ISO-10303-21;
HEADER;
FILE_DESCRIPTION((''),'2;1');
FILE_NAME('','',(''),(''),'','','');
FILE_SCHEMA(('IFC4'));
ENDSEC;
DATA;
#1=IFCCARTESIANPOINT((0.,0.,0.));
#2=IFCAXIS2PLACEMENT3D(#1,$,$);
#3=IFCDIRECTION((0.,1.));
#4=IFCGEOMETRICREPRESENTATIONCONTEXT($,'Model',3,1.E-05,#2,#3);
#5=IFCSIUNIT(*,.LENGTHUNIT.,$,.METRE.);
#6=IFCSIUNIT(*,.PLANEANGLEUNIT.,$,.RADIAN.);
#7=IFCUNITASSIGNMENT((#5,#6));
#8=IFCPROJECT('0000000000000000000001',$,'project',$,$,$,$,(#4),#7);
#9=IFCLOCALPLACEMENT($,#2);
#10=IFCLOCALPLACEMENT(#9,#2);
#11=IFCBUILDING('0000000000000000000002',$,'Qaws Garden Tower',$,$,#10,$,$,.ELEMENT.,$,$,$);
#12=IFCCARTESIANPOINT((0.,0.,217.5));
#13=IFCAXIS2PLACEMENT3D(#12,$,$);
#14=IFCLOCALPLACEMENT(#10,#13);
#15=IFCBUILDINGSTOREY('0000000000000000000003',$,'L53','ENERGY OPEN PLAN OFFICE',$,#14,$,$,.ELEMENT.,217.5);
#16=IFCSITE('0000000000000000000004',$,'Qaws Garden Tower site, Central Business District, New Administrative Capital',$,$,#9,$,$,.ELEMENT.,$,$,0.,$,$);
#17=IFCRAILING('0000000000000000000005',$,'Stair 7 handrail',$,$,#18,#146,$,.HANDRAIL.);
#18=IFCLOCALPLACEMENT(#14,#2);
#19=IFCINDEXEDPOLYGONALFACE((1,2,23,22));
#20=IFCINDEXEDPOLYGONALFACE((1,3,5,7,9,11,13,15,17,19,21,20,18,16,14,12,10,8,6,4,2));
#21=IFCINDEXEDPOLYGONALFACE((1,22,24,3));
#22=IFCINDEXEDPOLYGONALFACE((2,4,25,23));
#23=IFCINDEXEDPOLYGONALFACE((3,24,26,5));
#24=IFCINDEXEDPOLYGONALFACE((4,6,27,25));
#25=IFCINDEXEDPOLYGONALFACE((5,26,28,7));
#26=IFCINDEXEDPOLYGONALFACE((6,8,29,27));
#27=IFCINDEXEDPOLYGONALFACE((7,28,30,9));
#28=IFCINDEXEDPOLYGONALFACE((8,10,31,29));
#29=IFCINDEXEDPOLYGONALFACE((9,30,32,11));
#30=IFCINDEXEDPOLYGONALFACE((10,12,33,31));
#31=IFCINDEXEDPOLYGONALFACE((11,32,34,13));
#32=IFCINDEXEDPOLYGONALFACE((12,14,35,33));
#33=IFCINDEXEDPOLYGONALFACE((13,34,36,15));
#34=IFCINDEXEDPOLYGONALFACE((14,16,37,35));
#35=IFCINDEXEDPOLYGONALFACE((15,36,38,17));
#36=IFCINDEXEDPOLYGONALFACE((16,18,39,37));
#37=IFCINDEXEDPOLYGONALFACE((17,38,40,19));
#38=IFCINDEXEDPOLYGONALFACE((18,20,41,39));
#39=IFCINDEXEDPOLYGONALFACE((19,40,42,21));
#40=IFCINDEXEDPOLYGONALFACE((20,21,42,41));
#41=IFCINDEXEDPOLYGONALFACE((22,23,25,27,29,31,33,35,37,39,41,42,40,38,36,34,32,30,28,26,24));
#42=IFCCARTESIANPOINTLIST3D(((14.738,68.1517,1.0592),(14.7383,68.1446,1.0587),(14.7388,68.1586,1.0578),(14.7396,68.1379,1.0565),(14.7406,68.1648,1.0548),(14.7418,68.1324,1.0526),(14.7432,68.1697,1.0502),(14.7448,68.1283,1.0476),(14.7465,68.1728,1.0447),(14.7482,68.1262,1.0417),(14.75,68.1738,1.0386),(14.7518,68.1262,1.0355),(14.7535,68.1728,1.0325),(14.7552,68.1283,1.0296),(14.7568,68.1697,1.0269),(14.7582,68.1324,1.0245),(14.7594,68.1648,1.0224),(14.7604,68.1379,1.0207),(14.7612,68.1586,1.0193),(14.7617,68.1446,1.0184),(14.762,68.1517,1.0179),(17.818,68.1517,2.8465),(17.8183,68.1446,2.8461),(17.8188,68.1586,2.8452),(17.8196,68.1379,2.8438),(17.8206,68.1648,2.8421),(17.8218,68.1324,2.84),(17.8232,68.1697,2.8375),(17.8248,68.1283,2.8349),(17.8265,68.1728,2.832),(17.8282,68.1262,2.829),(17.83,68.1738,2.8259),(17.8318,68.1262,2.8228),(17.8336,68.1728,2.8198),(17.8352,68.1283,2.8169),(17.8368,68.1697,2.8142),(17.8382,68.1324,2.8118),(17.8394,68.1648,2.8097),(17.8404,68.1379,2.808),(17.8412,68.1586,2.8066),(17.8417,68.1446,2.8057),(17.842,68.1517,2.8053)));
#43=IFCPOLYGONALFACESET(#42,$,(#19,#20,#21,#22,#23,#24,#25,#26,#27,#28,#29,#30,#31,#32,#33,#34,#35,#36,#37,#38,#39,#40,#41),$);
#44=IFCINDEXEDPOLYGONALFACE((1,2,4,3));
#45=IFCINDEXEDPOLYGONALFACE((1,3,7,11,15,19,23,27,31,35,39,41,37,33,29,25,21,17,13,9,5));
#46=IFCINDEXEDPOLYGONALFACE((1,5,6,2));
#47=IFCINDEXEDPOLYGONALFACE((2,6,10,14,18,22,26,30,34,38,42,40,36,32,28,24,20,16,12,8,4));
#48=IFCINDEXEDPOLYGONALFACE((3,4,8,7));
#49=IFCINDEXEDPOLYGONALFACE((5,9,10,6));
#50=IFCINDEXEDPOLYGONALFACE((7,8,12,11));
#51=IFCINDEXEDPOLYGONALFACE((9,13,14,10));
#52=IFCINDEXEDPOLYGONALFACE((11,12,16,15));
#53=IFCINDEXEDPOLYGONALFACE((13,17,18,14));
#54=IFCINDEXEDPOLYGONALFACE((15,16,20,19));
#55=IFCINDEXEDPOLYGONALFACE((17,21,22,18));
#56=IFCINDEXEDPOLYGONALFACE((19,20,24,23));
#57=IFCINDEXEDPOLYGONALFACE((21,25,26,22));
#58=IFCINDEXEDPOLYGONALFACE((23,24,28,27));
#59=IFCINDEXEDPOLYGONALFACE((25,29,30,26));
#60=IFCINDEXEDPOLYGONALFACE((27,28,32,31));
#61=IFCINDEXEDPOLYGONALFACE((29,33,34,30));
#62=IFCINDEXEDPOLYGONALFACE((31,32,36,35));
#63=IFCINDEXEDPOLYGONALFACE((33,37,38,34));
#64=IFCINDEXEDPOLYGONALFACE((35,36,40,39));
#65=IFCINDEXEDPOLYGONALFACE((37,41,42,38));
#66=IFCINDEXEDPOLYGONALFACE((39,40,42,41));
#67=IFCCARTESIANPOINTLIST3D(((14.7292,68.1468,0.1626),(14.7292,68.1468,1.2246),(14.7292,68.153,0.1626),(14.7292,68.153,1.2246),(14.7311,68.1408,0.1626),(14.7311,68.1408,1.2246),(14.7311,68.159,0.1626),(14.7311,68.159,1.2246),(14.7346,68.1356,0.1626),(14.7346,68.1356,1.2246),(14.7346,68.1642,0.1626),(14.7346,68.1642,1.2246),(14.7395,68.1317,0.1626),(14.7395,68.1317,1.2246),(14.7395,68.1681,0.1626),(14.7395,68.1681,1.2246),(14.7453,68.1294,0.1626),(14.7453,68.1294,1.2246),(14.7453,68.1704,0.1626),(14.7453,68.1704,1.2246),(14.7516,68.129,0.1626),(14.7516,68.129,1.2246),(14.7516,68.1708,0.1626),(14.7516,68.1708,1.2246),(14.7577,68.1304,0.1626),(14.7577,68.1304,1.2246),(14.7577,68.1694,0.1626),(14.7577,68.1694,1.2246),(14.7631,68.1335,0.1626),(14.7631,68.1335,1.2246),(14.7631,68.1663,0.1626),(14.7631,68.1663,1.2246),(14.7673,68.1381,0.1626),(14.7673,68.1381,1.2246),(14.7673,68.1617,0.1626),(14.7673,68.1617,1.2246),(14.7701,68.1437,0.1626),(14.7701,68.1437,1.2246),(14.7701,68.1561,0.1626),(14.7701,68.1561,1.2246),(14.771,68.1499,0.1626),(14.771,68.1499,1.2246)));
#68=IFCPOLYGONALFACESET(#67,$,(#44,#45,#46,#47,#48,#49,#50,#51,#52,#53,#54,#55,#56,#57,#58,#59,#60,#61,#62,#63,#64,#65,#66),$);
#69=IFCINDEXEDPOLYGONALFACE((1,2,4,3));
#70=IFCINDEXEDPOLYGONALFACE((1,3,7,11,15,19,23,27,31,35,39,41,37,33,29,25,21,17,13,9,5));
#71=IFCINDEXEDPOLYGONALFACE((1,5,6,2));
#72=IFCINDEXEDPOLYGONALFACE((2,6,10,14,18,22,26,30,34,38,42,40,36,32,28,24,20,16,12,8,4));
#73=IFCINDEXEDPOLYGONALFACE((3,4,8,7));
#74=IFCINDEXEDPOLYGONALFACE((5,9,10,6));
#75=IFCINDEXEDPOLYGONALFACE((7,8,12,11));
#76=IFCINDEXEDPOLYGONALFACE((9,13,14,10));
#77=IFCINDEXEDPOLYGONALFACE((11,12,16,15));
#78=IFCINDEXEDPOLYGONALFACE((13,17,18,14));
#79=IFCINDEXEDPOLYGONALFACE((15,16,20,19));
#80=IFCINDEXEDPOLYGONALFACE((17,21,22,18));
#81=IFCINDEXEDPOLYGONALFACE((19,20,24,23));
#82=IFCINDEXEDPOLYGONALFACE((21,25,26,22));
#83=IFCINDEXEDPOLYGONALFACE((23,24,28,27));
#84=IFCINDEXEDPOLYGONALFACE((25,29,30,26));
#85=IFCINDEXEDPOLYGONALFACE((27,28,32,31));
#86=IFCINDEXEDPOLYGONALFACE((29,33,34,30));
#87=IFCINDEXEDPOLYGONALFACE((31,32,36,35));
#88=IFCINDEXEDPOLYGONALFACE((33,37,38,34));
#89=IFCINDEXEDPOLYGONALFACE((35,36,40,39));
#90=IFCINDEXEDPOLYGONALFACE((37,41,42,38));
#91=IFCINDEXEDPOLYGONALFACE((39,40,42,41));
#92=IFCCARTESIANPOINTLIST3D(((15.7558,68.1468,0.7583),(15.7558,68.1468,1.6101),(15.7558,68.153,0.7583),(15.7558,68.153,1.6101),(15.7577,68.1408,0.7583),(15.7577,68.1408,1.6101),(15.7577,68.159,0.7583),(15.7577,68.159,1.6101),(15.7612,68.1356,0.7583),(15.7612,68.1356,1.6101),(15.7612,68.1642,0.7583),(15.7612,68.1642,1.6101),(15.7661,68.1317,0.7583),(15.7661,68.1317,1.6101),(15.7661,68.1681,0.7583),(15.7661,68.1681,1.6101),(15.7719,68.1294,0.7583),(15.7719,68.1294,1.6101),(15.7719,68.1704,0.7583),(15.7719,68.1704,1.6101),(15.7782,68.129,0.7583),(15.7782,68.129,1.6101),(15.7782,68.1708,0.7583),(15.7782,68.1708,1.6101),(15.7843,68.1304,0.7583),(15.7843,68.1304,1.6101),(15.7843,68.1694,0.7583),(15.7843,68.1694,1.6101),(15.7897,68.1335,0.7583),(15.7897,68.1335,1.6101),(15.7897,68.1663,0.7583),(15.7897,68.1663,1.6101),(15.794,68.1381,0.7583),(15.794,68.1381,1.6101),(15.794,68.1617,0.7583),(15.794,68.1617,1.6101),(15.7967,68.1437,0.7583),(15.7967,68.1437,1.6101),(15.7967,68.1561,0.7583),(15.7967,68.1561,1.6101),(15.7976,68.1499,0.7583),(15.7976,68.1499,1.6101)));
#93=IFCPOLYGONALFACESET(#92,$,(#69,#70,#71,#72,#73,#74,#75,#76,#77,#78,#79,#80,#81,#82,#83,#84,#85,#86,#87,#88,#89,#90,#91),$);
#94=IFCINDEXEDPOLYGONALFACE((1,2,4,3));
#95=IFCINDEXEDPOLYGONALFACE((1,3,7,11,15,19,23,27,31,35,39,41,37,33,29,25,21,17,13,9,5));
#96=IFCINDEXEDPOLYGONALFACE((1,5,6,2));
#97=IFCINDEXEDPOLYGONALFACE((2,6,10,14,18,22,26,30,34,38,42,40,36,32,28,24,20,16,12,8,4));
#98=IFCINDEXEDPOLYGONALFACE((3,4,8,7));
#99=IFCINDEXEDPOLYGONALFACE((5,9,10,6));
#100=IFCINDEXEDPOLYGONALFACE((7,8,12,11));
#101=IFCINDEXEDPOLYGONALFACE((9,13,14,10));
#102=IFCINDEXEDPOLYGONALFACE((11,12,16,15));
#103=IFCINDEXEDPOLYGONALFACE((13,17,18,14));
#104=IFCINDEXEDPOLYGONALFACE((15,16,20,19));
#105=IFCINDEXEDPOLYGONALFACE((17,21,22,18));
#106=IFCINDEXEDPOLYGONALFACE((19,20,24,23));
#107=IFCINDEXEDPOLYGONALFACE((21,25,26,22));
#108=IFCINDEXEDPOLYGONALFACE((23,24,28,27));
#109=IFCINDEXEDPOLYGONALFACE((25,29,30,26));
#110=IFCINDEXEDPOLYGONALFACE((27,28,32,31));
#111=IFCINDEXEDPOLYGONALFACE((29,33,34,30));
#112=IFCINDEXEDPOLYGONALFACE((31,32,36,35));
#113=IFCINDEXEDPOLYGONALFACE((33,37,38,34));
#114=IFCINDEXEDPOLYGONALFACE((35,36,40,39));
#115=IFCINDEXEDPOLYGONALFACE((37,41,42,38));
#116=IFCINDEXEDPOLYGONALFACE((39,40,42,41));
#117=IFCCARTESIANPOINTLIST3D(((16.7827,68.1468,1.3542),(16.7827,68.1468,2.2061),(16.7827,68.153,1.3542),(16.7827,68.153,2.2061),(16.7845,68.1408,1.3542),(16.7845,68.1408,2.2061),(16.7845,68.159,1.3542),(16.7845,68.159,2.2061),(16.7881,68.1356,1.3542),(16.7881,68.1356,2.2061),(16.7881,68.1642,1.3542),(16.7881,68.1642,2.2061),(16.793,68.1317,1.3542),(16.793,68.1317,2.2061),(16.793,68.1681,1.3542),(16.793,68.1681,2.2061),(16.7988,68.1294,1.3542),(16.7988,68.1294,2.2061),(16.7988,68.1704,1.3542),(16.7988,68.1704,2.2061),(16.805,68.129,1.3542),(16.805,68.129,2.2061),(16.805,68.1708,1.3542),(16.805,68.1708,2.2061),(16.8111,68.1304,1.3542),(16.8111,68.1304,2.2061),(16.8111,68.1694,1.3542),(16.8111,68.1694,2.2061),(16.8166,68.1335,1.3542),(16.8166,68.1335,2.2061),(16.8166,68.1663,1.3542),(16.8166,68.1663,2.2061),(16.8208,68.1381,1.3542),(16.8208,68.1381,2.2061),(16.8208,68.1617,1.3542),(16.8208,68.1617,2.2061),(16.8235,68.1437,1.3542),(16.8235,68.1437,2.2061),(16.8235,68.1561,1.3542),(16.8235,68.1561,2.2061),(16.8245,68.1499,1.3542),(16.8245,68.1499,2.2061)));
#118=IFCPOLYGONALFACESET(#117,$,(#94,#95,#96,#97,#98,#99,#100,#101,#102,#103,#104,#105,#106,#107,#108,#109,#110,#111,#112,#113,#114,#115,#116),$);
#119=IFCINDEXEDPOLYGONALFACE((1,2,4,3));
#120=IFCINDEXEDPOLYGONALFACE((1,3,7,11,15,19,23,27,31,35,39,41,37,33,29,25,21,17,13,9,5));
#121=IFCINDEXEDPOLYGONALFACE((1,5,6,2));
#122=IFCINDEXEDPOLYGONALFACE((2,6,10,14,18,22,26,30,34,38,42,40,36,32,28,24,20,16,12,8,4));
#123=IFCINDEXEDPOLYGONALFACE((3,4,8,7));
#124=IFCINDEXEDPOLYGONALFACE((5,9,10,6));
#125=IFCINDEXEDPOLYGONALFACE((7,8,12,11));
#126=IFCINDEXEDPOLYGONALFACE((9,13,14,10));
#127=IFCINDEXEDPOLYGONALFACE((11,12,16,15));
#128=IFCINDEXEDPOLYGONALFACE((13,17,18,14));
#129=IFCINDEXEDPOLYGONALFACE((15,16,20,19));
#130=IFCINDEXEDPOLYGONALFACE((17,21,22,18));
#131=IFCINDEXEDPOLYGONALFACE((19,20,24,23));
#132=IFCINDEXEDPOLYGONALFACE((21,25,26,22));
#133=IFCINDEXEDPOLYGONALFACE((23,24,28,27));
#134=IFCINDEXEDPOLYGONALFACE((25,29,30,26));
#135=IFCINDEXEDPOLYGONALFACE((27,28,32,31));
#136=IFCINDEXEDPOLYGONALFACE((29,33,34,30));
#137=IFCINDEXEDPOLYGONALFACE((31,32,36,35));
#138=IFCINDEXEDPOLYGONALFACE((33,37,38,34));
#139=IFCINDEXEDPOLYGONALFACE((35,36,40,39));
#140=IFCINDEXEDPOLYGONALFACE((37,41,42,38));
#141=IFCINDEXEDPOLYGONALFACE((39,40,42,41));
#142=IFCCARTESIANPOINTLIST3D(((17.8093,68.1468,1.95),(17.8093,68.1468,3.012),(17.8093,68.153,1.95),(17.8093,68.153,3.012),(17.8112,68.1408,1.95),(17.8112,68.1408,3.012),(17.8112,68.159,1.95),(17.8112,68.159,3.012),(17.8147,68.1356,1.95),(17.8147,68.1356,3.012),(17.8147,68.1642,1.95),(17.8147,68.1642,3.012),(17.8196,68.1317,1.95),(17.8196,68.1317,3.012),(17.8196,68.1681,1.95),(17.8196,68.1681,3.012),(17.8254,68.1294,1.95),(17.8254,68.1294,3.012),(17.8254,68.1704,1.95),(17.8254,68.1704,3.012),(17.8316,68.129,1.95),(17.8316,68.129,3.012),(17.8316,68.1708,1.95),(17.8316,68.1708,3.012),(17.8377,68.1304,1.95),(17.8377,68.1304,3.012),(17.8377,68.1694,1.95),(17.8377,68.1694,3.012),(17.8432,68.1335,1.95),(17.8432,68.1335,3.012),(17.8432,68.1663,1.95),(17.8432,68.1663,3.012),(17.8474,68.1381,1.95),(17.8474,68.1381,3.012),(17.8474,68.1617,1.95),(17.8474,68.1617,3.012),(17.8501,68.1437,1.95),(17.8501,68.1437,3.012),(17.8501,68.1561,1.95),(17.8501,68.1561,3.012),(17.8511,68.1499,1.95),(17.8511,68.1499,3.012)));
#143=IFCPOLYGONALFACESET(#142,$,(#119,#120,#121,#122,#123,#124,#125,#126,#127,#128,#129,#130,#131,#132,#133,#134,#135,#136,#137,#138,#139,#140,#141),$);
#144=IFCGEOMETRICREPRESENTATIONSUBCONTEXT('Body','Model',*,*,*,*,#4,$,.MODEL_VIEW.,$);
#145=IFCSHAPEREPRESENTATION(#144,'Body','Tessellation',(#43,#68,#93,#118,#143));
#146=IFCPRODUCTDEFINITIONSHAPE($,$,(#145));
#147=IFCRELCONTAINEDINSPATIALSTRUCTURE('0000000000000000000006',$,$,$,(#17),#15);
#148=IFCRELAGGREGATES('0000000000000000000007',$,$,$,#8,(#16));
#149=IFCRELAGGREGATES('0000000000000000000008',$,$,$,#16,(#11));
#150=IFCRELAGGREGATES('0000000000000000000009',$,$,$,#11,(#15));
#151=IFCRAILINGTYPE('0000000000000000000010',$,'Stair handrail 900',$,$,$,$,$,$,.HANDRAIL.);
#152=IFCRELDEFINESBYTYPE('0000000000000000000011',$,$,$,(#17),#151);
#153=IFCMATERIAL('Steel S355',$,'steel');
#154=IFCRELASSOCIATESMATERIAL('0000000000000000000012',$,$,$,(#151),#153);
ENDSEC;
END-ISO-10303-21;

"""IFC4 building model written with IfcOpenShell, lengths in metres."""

from ifc_helpers import new_model, si_unit, direction, frame, origin, origin_2d, place, context, subcontext, project, spatial, circle, extrude, material, type_object, element, save


model = new_model("IFC4")

# Units and contexts
model_context = context("Model", 3, precision=1e-05, world=origin(), true_north=direction((0.0, 1.0)))
body_context = subcontext(model_context, "Body", "Model", "MODEL_VIEW")
ifc_project = project(units=[si_unit("LENGTHUNIT", "METRE"), si_unit("PLANEANGLEUNIT", "RADIAN")], contexts=[model_context])

# Site, building, storey
site_placement = place(None, origin())
site = spatial("IfcSite", under=ifc_project, at=site_placement, Name="Qaws Garden Tower site, Central Business District, New Administrative Capital", CompositionType="ELEMENT", RefElevation=0.0)
building_placement = place(site_placement, origin())
building = spatial("IfcBuilding", under=site, at=building_placement, Name="Qaws Garden Tower", CompositionType="ELEMENT")
storey_placement = place(building_placement, frame((0.0, 0.0, 217.5)))
storey = spatial("IfcBuildingStorey", under=building, at=storey_placement, Name="L53", Description="ENERGY OPEN PLAN OFFICE", CompositionType="ELEMENT", Elevation=217.5)

# Railing
ifc_material_1 = material(Name="Steel S355", Category="steel")
railing_type = type_object("IfcRailingType", Name="Stair handrail 900", PredefinedType="HANDRAIL", material=ifc_material_1)
railing_1_placement = place(storey_placement, frame((14.75, 68.1499, 0.1626)))
element("IfcRailing", 1, at=railing_1_placement, inside=storey, type_object=railing_type, Name="Stair 7 handrail", PredefinedType="HANDRAIL", context=body_context, shape_type="SweptSolid", body=[
    extrude(circle(Radius=0.0239, at=origin_2d()), frame((0.0, 0.0, 0.876), z_axis=(0.86492, 0.0, 0.501909), x_axis=(0.0, 1.0, 0.0)), (0.0, 0.0, 1.0), 3.561),
    extrude(circle(Radius=0.021, at=origin_2d()), origin(), (0.0, 0.0, 1.0), 1.062),
    extrude(circle(Radius=0.021, at=origin_2d()), frame((1.0266, 0.0, 0.5957)), (0.0, 0.0, 1.0), 0.8518),
    extrude(circle(Radius=0.021, at=origin_2d()), frame((2.0535, 0.0, 1.1917)), (0.0, 0.0, 1.0), 0.8518),
    extrude(circle(Radius=0.021, at=origin_2d()), frame((3.0801, 0.0, 1.7874)), (0.0, 0.0, 1.0), 1.062),
])

save(model, "model.ifc")
